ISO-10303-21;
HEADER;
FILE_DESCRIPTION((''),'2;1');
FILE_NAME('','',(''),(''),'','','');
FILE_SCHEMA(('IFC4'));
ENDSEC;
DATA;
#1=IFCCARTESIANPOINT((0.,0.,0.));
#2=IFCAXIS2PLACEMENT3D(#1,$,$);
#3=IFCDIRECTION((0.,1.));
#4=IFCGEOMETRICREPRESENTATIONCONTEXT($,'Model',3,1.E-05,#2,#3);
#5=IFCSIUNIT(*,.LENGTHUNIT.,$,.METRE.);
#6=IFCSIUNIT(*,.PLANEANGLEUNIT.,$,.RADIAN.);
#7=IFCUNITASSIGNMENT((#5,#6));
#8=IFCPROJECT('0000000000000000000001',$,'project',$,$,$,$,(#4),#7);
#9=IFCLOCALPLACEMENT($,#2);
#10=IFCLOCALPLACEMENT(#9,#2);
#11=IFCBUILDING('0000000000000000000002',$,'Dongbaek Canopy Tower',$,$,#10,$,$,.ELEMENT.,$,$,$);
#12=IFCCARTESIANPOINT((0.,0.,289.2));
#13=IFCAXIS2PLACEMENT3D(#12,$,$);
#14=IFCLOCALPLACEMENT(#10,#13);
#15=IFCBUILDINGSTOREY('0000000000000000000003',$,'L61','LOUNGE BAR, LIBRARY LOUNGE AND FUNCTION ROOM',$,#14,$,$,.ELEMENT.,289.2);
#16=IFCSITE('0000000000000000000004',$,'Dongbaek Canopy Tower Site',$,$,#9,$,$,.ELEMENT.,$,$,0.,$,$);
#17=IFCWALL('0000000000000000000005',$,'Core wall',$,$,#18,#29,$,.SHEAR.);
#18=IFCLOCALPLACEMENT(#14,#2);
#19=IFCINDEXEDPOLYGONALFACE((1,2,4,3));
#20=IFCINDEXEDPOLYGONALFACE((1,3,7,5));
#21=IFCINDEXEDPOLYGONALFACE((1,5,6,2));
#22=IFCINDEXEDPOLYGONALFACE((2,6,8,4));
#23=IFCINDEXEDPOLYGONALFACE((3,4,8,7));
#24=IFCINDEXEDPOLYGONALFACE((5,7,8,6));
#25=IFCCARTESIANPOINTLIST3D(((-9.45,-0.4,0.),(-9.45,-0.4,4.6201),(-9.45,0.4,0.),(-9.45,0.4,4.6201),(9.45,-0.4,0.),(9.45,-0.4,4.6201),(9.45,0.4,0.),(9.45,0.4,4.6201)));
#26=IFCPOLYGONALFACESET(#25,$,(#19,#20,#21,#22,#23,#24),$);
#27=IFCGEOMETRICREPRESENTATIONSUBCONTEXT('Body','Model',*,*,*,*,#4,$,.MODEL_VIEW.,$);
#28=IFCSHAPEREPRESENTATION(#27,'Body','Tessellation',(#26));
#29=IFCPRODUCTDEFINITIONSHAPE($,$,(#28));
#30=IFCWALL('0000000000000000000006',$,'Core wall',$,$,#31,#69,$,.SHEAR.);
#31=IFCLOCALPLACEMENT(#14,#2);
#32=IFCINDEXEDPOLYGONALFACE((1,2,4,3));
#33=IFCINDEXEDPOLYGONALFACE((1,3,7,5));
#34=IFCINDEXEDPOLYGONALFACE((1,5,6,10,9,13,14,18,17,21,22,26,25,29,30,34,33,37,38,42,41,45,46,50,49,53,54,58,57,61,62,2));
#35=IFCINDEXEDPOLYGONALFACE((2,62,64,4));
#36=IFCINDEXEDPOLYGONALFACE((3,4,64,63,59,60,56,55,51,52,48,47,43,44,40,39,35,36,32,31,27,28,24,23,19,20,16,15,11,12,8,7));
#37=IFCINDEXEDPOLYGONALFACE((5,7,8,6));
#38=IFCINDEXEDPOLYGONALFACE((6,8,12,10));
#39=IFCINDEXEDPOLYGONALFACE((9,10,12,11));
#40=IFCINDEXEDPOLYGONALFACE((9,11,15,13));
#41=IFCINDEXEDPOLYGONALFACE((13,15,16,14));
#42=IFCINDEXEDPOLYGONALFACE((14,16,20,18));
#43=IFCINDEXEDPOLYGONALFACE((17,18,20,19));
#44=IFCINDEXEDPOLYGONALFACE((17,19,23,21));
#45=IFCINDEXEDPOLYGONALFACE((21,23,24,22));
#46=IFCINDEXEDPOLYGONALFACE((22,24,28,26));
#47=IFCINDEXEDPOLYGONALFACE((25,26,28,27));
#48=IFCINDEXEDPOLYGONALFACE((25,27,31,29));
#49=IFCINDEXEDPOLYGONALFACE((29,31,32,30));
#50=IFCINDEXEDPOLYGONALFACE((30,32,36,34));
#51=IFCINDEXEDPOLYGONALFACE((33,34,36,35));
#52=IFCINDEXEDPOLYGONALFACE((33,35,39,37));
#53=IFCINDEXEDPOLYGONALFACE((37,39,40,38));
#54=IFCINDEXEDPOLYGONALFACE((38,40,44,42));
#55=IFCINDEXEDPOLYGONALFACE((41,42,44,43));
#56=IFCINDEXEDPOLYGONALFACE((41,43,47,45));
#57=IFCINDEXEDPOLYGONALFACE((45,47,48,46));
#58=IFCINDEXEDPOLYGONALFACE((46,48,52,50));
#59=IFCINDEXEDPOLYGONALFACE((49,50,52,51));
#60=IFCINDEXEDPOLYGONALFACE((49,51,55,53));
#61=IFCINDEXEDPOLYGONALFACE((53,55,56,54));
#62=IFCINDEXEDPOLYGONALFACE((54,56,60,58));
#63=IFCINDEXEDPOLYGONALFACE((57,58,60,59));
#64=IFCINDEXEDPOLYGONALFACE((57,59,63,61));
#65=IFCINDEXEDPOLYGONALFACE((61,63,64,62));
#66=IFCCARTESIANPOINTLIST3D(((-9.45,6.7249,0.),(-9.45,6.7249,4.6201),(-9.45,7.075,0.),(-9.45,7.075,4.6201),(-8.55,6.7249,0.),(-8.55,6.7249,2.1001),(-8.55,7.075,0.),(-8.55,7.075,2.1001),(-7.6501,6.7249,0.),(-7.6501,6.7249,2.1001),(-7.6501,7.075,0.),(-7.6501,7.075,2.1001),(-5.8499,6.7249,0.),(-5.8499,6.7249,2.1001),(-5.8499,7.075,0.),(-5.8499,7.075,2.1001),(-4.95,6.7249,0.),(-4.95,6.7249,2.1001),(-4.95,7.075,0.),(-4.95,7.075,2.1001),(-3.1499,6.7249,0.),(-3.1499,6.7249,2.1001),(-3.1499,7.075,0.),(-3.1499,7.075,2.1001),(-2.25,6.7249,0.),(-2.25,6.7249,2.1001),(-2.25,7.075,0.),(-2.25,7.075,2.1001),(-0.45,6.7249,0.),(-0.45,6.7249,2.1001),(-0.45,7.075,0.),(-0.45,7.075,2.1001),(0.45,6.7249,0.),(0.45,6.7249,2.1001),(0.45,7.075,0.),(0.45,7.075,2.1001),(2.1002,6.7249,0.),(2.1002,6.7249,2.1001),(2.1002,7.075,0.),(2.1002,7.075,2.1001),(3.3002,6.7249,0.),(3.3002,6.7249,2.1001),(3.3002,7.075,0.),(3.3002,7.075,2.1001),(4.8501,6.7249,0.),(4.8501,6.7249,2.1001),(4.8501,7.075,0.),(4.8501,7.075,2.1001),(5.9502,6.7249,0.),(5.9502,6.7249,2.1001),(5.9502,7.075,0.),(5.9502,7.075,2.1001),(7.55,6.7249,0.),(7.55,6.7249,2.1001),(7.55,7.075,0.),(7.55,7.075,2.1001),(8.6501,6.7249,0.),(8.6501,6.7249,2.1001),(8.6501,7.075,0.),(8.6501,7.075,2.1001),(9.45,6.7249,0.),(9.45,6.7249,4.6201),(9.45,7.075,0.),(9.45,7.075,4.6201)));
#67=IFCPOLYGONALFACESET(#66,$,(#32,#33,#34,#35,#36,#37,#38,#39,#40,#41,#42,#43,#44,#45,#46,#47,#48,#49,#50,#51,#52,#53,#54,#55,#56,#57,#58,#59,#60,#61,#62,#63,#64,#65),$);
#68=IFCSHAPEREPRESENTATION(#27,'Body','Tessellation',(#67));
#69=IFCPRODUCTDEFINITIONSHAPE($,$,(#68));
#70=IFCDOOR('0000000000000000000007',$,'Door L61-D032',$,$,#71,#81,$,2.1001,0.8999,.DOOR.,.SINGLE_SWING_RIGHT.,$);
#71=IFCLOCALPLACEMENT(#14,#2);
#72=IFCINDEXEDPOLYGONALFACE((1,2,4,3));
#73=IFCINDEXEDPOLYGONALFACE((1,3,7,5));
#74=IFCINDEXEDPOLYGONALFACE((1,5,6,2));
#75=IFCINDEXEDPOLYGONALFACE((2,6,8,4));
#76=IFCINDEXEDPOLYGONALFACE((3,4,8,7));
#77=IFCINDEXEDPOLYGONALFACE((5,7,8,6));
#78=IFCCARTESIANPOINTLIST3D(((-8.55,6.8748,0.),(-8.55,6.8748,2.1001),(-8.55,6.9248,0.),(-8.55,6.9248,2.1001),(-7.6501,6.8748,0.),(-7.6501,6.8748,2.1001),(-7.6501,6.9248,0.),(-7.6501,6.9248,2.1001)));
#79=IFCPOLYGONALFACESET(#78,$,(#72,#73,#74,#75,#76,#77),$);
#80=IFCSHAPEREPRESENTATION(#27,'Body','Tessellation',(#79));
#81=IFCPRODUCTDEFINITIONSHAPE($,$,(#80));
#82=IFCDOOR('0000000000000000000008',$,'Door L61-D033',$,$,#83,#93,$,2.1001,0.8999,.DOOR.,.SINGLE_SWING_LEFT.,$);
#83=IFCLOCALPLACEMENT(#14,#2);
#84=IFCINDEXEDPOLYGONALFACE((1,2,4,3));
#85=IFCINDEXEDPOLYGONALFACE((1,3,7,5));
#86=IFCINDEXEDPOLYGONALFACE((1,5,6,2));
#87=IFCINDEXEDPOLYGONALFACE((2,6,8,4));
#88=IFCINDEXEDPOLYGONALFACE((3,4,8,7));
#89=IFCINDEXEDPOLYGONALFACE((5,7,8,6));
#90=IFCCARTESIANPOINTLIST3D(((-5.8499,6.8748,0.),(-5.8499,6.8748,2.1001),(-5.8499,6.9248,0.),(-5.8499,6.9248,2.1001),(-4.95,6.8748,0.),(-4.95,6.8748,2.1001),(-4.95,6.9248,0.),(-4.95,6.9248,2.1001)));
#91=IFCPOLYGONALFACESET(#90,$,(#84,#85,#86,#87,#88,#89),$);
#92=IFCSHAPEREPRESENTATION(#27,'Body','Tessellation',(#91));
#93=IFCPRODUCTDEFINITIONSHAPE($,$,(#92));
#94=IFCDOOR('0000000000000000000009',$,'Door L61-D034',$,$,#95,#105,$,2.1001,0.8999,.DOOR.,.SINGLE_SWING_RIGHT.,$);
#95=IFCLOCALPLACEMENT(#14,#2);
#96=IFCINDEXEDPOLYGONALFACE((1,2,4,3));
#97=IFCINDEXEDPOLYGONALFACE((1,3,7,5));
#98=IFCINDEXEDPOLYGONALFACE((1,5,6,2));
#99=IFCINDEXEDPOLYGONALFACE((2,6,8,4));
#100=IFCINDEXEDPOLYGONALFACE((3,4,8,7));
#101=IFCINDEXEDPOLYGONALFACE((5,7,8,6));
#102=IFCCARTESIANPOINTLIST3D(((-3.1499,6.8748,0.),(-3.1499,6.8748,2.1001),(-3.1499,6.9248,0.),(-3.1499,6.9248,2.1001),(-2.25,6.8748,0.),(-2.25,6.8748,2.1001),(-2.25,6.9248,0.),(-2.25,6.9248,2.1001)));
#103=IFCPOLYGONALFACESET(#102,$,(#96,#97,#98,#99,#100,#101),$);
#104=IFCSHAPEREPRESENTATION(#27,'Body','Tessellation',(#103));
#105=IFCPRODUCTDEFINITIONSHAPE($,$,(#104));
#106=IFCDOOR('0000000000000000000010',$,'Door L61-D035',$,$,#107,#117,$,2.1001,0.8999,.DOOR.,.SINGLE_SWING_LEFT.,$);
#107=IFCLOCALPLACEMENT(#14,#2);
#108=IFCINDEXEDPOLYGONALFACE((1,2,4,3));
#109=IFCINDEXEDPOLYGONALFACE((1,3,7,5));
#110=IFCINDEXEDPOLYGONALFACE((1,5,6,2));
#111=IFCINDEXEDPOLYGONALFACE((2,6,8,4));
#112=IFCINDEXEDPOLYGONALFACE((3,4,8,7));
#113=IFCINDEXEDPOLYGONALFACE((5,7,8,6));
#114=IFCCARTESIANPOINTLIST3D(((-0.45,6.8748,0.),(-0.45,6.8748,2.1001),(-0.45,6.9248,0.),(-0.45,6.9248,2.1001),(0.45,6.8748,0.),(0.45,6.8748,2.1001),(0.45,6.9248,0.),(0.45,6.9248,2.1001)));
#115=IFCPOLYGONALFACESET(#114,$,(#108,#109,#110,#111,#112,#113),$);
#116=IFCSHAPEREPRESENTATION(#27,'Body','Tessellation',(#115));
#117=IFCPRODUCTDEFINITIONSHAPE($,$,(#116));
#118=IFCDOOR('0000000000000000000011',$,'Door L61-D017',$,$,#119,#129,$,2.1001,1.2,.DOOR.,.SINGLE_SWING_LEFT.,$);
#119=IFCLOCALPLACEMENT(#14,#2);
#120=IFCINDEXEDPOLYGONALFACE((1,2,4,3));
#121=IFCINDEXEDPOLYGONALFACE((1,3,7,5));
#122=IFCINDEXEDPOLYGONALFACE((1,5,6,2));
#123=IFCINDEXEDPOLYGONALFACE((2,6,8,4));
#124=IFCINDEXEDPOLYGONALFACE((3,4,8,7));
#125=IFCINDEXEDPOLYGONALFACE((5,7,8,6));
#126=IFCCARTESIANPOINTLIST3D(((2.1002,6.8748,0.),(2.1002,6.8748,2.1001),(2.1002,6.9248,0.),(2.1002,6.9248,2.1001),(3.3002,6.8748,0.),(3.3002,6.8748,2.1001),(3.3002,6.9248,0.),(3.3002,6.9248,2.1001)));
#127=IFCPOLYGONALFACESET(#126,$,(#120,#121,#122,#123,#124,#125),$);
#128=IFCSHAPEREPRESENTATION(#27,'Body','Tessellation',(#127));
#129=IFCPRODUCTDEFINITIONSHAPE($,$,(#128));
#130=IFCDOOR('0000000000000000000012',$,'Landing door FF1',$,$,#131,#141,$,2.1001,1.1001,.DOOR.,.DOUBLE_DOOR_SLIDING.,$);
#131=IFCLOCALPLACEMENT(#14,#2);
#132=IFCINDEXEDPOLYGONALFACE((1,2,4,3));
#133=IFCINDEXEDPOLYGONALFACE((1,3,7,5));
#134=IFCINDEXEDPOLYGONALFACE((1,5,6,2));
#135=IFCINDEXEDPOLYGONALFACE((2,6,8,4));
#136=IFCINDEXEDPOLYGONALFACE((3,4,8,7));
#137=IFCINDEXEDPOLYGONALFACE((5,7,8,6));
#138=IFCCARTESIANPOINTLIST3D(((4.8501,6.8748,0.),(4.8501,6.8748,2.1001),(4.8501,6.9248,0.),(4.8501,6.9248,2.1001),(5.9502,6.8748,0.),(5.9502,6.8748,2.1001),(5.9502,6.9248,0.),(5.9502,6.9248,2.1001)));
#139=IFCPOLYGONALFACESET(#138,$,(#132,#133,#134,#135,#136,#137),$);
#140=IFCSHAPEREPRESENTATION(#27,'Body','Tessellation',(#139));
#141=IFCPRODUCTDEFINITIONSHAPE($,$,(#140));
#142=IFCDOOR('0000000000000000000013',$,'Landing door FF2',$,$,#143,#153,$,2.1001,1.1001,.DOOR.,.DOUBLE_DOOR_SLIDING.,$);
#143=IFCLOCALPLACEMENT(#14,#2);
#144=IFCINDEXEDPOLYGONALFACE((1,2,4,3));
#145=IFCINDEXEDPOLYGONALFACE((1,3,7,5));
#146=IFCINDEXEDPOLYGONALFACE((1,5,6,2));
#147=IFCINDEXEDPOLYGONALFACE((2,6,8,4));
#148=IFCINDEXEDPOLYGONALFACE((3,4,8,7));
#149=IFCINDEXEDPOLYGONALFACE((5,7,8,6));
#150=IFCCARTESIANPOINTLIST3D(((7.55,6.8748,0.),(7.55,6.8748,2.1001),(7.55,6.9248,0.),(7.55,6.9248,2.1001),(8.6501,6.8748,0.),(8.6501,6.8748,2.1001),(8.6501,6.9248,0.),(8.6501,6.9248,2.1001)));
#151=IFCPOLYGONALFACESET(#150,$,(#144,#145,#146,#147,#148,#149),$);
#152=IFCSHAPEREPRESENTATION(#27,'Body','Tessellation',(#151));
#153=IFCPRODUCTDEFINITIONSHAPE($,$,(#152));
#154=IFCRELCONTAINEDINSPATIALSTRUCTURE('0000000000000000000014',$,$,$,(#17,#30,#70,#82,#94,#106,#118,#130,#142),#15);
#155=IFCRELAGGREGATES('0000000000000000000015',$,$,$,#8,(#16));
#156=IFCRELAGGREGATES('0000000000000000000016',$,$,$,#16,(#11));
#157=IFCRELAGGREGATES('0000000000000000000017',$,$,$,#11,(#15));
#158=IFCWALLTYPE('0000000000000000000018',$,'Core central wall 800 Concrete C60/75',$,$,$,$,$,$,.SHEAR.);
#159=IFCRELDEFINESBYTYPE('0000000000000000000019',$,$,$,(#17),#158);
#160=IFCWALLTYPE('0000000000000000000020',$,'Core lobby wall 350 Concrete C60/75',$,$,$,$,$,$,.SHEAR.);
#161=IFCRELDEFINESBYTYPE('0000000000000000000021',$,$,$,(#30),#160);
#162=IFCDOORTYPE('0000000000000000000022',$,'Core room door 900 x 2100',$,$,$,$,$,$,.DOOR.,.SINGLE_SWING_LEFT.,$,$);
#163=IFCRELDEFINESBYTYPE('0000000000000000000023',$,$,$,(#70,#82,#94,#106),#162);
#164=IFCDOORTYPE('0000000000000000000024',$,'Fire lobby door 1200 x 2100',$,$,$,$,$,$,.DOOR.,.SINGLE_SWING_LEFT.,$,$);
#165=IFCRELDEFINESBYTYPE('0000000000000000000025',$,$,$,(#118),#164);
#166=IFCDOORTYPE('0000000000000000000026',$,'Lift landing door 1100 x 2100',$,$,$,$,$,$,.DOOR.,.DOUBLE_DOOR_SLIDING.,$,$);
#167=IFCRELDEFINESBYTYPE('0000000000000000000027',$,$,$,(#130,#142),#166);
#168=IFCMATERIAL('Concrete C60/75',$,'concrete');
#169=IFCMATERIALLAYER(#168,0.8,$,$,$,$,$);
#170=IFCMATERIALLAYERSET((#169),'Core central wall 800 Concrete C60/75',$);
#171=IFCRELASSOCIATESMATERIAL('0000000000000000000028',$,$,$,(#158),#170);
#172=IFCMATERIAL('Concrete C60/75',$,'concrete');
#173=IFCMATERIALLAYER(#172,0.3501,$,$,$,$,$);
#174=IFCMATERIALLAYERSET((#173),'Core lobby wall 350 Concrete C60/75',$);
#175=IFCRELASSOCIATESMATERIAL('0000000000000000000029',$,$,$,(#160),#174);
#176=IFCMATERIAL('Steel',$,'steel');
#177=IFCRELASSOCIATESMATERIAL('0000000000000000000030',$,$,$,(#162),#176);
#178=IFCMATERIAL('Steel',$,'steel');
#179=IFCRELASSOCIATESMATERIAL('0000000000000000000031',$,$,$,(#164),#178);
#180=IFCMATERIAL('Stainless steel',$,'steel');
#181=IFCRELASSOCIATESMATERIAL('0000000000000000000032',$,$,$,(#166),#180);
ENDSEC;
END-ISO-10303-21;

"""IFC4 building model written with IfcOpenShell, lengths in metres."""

from ifc_helpers import new_model, si_unit, direction, frame, frame_2d, origin, place, context, subcontext, project, spatial, rectangle, extrude, material, layer, layer_set, type_object, element, fill, save


model = new_model("IFC4")

# Units and contexts
model_context = context("Model", 3, precision=1e-05, world=origin(), true_north=direction((0.0, 1.0)))
body_context = subcontext(model_context, "Body", "Model", "MODEL_VIEW")
ifc_project = project(units=[si_unit("LENGTHUNIT", "METRE"), si_unit("PLANEANGLEUNIT", "RADIAN")], contexts=[model_context])

# Site, building, storey
site_placement = place(None, origin())
site = spatial("IfcSite", under=ifc_project, at=site_placement, Name="Dongbaek Canopy Tower Site", CompositionType="ELEMENT", RefElevation=0.0)
building_placement = place(site_placement, origin())
building = spatial("IfcBuilding", under=site, at=building_placement, Name="Dongbaek Canopy Tower", CompositionType="ELEMENT")
storey_placement = place(building_placement, frame((0.0, 0.0, 289.2)))
storey = spatial("IfcBuildingStorey", under=building, at=storey_placement, Name="L61", Description="LOUNGE BAR, LIBRARY LOUNGE AND FUNCTION ROOM", CompositionType="ELEMENT", Elevation=289.2)

# Wall
ifc_material_1 = material(Name="Concrete C60/75", Category="concrete")
ifc_layer_1 = layer(ifc_material_1, 0.8)
ifc_layer_set_1 = layer_set([ifc_layer_1], Name="Core central wall 800 Concrete C60/75")
wall_type_1 = type_object("IfcWallType", Name="Core central wall 800 Concrete C60/75", PredefinedType="SHEAR", material=ifc_layer_set_1)
wall_1_placement = place(storey_placement, frame((-9.45, 0.0, 0.0), z_axis=(0.0, 0.0, 1.0), x_axis=(1.0, 0.0, 0.0)))
element("IfcWall", 1, at=wall_1_placement, inside=storey, type_object=wall_type_1, Name="Core wall", PredefinedType="SHEAR", context=body_context, shape_type="SweptSolid", body=[
    extrude(rectangle(XDim=18.8999, YDim=0.8, at=frame_2d((9.45, 0.0))), origin(), (0.0, 0.0, 1.0), 4.6201),
])

# Wall, openings, doors
ifc_material_2 = material(Name="Concrete C60/75", Category="concrete")
ifc_layer_2 = layer(ifc_material_2, 0.3501)
ifc_layer_set_2 = layer_set([ifc_layer_2], Name="Core lobby wall 350 Concrete C60/75")
wall_type_2 = type_object("IfcWallType", Name="Core lobby wall 350 Concrete C60/75", PredefinedType="SHEAR", material=ifc_layer_set_2)
wall_2_placement = place(storey_placement, frame((-9.45, 6.8999, 0.0), z_axis=(0.0, 0.0, 1.0), x_axis=(1.0, 0.0, 0.0)))
wall_2 = element("IfcWall", 2, at=wall_2_placement, inside=storey, type_object=wall_type_2, Name="Core wall", PredefinedType="SHEAR", context=body_context, shape_type="SweptSolid", body=[
    extrude(rectangle(XDim=18.8999, YDim=0.3501, at=frame_2d((9.45, 0.0))), origin(), (0.0, 0.0, 1.0), 4.6201),
])
opening_1_placement = place(wall_2_placement, frame((11.55, 0.0, 0.0)))
opening_1 = element("IfcOpeningElement", 3, at=opening_1_placement, cuts=wall_2, PredefinedType="OPENING", context=body_context, shape_type="SweptSolid", body=[
    extrude(rectangle(XDim=1.2, YDim=2.1001, at=frame_2d((0.6001, 1.05))), frame((0.0, 0.1851, 0.0), z_axis=(0.0, -1.0, 0.0), x_axis=(1.0, 0.0, 0.0)), (0.0, 0.0, 1.0), 0.3701),
])
opening_2_placement = place(wall_2_placement, frame((14.3, 0.0, 0.0)))
opening_2 = element("IfcOpeningElement", 4, at=opening_2_placement, cuts=wall_2, PredefinedType="OPENING", context=body_context, shape_type="SweptSolid", body=[
    extrude(rectangle(XDim=1.1001, YDim=2.1001, at=frame_2d((0.55, 1.05))), frame((0.0, 0.1851, 0.0), z_axis=(0.0, -1.0, 0.0), x_axis=(1.0, 0.0, 0.0)), (0.0, 0.0, 1.0), 0.3701),
])
opening_3_placement = place(wall_2_placement, frame((17.0, 0.0, 0.0)))
opening_3 = element("IfcOpeningElement", 5, at=opening_3_placement, cuts=wall_2, PredefinedType="OPENING", context=body_context, shape_type="SweptSolid", body=[
    extrude(rectangle(XDim=1.1001, YDim=2.1001, at=frame_2d((0.55, 1.05))), frame((0.0, 0.1851, 0.0), z_axis=(0.0, -1.0, 0.0), x_axis=(1.0, 0.0, 0.0)), (0.0, 0.0, 1.0), 0.3701),
])
opening_4_placement = place(wall_2_placement, frame((0.8999, 0.0, 0.0)))
opening_4 = element("IfcOpeningElement", 6, at=opening_4_placement, cuts=wall_2, PredefinedType="OPENING", context=body_context, shape_type="SweptSolid", body=[
    extrude(rectangle(XDim=0.8999, YDim=2.1001, at=frame_2d((0.45, 1.05))), frame((0.0, 0.1851, 0.0), z_axis=(0.0, -1.0, 0.0), x_axis=(1.0, 0.0, 0.0)), (0.0, 0.0, 1.0), 0.3701),
])
opening_5_placement = place(wall_2_placement, frame((3.6001, 0.0, 0.0)))
opening_5 = element("IfcOpeningElement", 7, at=opening_5_placement, cuts=wall_2, PredefinedType="OPENING", context=body_context, shape_type="SweptSolid", body=[
    extrude(rectangle(XDim=0.8999, YDim=2.1001, at=frame_2d((0.45, 1.05))), frame((0.0, 0.1851, 0.0), z_axis=(0.0, -1.0, 0.0), x_axis=(1.0, 0.0, 0.0)), (0.0, 0.0, 1.0), 0.3701),
])
opening_6_placement = place(wall_2_placement, frame((6.3, 0.0, 0.0)))
opening_6 = element("IfcOpeningElement", 8, at=opening_6_placement, cuts=wall_2, PredefinedType="OPENING", context=body_context, shape_type="SweptSolid", body=[
    extrude(rectangle(XDim=0.8999, YDim=2.1001, at=frame_2d((0.45, 1.05))), frame((0.0, 0.1851, 0.0), z_axis=(0.0, -1.0, 0.0), x_axis=(1.0, 0.0, 0.0)), (0.0, 0.0, 1.0), 0.3701),
])
opening_7_placement = place(wall_2_placement, frame((9.0, 0.0, 0.0)))
opening_7 = element("IfcOpeningElement", 9, at=opening_7_placement, cuts=wall_2, PredefinedType="OPENING", context=body_context, shape_type="SweptSolid", body=[
    extrude(rectangle(XDim=0.8999, YDim=2.1001, at=frame_2d((0.45, 1.05))), frame((0.0, 0.1851, 0.0), z_axis=(0.0, -1.0, 0.0), x_axis=(1.0, 0.0, 0.0)), (0.0, 0.0, 1.0), 0.3701),
])
ifc_material_3 = material(Name="Steel", Category="steel")
door_type_1 = type_object("IfcDoorType", Name="Core room door 900 x 2100", OperationType="SINGLE_SWING_LEFT", PredefinedType="DOOR", material=ifc_material_3)
door_1_placement = place(opening_4_placement, origin())
door_1 = element("IfcDoor", 10, at=door_1_placement, inside=storey, type_object=door_type_1, Name="Door L61-D032", OperationType="SINGLE_SWING_RIGHT", OverallHeight=2.1001, OverallWidth=0.8999, PredefinedType="DOOR", context=body_context, shape_type="SweptSolid", body=[
    extrude(rectangle(XDim=0.8999, YDim=2.1001, at=frame_2d((0.45, 1.05))), frame((0.0, 0.0249, 0.0), z_axis=(0.0, -1.0, 0.0), x_axis=(1.0, 0.0, 0.0)), (0.0, 0.0, 1.0), 0.05),
])
fill(opening_4, door_1)
door_2_placement = place(opening_5_placement, origin())
door_2 = element("IfcDoor", 11, at=door_2_placement, inside=storey, type_object=door_type_1, Name="Door L61-D033", OperationType="SINGLE_SWING_LEFT", OverallHeight=2.1001, OverallWidth=0.8999, PredefinedType="DOOR", context=body_context, shape_type="SweptSolid", body=[
    extrude(rectangle(XDim=0.8999, YDim=2.1001, at=frame_2d((0.45, 1.05))), frame((0.0, 0.0249, 0.0), z_axis=(0.0, -1.0, 0.0), x_axis=(1.0, 0.0, 0.0)), (0.0, 0.0, 1.0), 0.05),
])
fill(opening_5, door_2)
door_3_placement = place(opening_6_placement, origin())
door_3 = element("IfcDoor", 12, at=door_3_placement, inside=storey, type_object=door_type_1, Name="Door L61-D034", OperationType="SINGLE_SWING_RIGHT", OverallHeight=2.1001, OverallWidth=0.8999, PredefinedType="DOOR", context=body_context, shape_type="SweptSolid", body=[
    extrude(rectangle(XDim=0.8999, YDim=2.1001, at=frame_2d((0.45, 1.05))), frame((0.0, 0.0249, 0.0), z_axis=(0.0, -1.0, 0.0), x_axis=(1.0, 0.0, 0.0)), (0.0, 0.0, 1.0), 0.05),
])
fill(opening_6, door_3)
door_4_placement = place(opening_7_placement, origin())
door_4 = element("IfcDoor", 13, at=door_4_placement, inside=storey, type_object=door_type_1, Name="Door L61-D035", OperationType="SINGLE_SWING_LEFT", OverallHeight=2.1001, OverallWidth=0.8999, PredefinedType="DOOR", context=body_context, shape_type="SweptSolid", body=[
    extrude(rectangle(XDim=0.8999, YDim=2.1001, at=frame_2d((0.45, 1.05))), frame((0.0, 0.0249, 0.0), z_axis=(0.0, -1.0, 0.0), x_axis=(1.0, 0.0, 0.0)), (0.0, 0.0, 1.0), 0.05),
])
fill(opening_7, door_4)
ifc_material_4 = material(Name="Steel", Category="steel")
door_type_2 = type_object("IfcDoorType", Name="Fire lobby door 1200 x 2100", OperationType="SINGLE_SWING_LEFT", PredefinedType="DOOR", material=ifc_material_4)
door_5_placement = place(opening_1_placement, origin())
door_5 = element("IfcDoor", 14, at=door_5_placement, inside=storey, type_object=door_type_2, Name="Door L61-D017", OperationType="SINGLE_SWING_LEFT", OverallHeight=2.1001, OverallWidth=1.2, PredefinedType="DOOR", context=body_context, shape_type="SweptSolid", body=[
    extrude(rectangle(XDim=1.2, YDim=2.1001, at=frame_2d((0.6001, 1.05))), frame((0.0, 0.0249, 0.0), z_axis=(0.0, -1.0, 0.0), x_axis=(1.0, 0.0, 0.0)), (0.0, 0.0, 1.0), 0.05),
])
fill(opening_1, door_5)
ifc_material_5 = material(Name="Stainless steel", Category="steel")
door_type_3 = type_object("IfcDoorType", Name="Lift landing door 1100 x 2100", OperationType="DOUBLE_DOOR_SLIDING", PredefinedType="DOOR", material=ifc_material_5)
door_6_placement = place(opening_2_placement, origin())
door_6 = element("IfcDoor", 15, at=door_6_placement, inside=storey, type_object=door_type_3, Name="Landing door FF1", OperationType="DOUBLE_DOOR_SLIDING", OverallHeight=2.1001, OverallWidth=1.1001, PredefinedType="DOOR", context=body_context, shape_type="SweptSolid", body=[
    extrude(rectangle(XDim=1.1001, YDim=2.1001, at=frame_2d((0.55, 1.05))), frame((0.0, 0.0249, 0.0), z_axis=(0.0, -1.0, 0.0), x_axis=(1.0, 0.0, 0.0)), (0.0, 0.0, 1.0), 0.05),
])
fill(opening_2, door_6)
door_7_placement = place(opening_3_placement, origin())
door_7 = element("IfcDoor", 16, at=door_7_placement, inside=storey, type_object=door_type_3, Name="Landing door FF2", OperationType="DOUBLE_DOOR_SLIDING", OverallHeight=2.1001, OverallWidth=1.1001, PredefinedType="DOOR", context=body_context, shape_type="SweptSolid", body=[
    extrude(rectangle(XDim=1.1001, YDim=2.1001, at=frame_2d((0.55, 1.05))), frame((0.0, 0.0249, 0.0), z_axis=(0.0, -1.0, 0.0), x_axis=(1.0, 0.0, 0.0)), (0.0, 0.0, 1.0), 0.05),
])
fill(opening_3, door_7)

save(model, "model.ifc")
